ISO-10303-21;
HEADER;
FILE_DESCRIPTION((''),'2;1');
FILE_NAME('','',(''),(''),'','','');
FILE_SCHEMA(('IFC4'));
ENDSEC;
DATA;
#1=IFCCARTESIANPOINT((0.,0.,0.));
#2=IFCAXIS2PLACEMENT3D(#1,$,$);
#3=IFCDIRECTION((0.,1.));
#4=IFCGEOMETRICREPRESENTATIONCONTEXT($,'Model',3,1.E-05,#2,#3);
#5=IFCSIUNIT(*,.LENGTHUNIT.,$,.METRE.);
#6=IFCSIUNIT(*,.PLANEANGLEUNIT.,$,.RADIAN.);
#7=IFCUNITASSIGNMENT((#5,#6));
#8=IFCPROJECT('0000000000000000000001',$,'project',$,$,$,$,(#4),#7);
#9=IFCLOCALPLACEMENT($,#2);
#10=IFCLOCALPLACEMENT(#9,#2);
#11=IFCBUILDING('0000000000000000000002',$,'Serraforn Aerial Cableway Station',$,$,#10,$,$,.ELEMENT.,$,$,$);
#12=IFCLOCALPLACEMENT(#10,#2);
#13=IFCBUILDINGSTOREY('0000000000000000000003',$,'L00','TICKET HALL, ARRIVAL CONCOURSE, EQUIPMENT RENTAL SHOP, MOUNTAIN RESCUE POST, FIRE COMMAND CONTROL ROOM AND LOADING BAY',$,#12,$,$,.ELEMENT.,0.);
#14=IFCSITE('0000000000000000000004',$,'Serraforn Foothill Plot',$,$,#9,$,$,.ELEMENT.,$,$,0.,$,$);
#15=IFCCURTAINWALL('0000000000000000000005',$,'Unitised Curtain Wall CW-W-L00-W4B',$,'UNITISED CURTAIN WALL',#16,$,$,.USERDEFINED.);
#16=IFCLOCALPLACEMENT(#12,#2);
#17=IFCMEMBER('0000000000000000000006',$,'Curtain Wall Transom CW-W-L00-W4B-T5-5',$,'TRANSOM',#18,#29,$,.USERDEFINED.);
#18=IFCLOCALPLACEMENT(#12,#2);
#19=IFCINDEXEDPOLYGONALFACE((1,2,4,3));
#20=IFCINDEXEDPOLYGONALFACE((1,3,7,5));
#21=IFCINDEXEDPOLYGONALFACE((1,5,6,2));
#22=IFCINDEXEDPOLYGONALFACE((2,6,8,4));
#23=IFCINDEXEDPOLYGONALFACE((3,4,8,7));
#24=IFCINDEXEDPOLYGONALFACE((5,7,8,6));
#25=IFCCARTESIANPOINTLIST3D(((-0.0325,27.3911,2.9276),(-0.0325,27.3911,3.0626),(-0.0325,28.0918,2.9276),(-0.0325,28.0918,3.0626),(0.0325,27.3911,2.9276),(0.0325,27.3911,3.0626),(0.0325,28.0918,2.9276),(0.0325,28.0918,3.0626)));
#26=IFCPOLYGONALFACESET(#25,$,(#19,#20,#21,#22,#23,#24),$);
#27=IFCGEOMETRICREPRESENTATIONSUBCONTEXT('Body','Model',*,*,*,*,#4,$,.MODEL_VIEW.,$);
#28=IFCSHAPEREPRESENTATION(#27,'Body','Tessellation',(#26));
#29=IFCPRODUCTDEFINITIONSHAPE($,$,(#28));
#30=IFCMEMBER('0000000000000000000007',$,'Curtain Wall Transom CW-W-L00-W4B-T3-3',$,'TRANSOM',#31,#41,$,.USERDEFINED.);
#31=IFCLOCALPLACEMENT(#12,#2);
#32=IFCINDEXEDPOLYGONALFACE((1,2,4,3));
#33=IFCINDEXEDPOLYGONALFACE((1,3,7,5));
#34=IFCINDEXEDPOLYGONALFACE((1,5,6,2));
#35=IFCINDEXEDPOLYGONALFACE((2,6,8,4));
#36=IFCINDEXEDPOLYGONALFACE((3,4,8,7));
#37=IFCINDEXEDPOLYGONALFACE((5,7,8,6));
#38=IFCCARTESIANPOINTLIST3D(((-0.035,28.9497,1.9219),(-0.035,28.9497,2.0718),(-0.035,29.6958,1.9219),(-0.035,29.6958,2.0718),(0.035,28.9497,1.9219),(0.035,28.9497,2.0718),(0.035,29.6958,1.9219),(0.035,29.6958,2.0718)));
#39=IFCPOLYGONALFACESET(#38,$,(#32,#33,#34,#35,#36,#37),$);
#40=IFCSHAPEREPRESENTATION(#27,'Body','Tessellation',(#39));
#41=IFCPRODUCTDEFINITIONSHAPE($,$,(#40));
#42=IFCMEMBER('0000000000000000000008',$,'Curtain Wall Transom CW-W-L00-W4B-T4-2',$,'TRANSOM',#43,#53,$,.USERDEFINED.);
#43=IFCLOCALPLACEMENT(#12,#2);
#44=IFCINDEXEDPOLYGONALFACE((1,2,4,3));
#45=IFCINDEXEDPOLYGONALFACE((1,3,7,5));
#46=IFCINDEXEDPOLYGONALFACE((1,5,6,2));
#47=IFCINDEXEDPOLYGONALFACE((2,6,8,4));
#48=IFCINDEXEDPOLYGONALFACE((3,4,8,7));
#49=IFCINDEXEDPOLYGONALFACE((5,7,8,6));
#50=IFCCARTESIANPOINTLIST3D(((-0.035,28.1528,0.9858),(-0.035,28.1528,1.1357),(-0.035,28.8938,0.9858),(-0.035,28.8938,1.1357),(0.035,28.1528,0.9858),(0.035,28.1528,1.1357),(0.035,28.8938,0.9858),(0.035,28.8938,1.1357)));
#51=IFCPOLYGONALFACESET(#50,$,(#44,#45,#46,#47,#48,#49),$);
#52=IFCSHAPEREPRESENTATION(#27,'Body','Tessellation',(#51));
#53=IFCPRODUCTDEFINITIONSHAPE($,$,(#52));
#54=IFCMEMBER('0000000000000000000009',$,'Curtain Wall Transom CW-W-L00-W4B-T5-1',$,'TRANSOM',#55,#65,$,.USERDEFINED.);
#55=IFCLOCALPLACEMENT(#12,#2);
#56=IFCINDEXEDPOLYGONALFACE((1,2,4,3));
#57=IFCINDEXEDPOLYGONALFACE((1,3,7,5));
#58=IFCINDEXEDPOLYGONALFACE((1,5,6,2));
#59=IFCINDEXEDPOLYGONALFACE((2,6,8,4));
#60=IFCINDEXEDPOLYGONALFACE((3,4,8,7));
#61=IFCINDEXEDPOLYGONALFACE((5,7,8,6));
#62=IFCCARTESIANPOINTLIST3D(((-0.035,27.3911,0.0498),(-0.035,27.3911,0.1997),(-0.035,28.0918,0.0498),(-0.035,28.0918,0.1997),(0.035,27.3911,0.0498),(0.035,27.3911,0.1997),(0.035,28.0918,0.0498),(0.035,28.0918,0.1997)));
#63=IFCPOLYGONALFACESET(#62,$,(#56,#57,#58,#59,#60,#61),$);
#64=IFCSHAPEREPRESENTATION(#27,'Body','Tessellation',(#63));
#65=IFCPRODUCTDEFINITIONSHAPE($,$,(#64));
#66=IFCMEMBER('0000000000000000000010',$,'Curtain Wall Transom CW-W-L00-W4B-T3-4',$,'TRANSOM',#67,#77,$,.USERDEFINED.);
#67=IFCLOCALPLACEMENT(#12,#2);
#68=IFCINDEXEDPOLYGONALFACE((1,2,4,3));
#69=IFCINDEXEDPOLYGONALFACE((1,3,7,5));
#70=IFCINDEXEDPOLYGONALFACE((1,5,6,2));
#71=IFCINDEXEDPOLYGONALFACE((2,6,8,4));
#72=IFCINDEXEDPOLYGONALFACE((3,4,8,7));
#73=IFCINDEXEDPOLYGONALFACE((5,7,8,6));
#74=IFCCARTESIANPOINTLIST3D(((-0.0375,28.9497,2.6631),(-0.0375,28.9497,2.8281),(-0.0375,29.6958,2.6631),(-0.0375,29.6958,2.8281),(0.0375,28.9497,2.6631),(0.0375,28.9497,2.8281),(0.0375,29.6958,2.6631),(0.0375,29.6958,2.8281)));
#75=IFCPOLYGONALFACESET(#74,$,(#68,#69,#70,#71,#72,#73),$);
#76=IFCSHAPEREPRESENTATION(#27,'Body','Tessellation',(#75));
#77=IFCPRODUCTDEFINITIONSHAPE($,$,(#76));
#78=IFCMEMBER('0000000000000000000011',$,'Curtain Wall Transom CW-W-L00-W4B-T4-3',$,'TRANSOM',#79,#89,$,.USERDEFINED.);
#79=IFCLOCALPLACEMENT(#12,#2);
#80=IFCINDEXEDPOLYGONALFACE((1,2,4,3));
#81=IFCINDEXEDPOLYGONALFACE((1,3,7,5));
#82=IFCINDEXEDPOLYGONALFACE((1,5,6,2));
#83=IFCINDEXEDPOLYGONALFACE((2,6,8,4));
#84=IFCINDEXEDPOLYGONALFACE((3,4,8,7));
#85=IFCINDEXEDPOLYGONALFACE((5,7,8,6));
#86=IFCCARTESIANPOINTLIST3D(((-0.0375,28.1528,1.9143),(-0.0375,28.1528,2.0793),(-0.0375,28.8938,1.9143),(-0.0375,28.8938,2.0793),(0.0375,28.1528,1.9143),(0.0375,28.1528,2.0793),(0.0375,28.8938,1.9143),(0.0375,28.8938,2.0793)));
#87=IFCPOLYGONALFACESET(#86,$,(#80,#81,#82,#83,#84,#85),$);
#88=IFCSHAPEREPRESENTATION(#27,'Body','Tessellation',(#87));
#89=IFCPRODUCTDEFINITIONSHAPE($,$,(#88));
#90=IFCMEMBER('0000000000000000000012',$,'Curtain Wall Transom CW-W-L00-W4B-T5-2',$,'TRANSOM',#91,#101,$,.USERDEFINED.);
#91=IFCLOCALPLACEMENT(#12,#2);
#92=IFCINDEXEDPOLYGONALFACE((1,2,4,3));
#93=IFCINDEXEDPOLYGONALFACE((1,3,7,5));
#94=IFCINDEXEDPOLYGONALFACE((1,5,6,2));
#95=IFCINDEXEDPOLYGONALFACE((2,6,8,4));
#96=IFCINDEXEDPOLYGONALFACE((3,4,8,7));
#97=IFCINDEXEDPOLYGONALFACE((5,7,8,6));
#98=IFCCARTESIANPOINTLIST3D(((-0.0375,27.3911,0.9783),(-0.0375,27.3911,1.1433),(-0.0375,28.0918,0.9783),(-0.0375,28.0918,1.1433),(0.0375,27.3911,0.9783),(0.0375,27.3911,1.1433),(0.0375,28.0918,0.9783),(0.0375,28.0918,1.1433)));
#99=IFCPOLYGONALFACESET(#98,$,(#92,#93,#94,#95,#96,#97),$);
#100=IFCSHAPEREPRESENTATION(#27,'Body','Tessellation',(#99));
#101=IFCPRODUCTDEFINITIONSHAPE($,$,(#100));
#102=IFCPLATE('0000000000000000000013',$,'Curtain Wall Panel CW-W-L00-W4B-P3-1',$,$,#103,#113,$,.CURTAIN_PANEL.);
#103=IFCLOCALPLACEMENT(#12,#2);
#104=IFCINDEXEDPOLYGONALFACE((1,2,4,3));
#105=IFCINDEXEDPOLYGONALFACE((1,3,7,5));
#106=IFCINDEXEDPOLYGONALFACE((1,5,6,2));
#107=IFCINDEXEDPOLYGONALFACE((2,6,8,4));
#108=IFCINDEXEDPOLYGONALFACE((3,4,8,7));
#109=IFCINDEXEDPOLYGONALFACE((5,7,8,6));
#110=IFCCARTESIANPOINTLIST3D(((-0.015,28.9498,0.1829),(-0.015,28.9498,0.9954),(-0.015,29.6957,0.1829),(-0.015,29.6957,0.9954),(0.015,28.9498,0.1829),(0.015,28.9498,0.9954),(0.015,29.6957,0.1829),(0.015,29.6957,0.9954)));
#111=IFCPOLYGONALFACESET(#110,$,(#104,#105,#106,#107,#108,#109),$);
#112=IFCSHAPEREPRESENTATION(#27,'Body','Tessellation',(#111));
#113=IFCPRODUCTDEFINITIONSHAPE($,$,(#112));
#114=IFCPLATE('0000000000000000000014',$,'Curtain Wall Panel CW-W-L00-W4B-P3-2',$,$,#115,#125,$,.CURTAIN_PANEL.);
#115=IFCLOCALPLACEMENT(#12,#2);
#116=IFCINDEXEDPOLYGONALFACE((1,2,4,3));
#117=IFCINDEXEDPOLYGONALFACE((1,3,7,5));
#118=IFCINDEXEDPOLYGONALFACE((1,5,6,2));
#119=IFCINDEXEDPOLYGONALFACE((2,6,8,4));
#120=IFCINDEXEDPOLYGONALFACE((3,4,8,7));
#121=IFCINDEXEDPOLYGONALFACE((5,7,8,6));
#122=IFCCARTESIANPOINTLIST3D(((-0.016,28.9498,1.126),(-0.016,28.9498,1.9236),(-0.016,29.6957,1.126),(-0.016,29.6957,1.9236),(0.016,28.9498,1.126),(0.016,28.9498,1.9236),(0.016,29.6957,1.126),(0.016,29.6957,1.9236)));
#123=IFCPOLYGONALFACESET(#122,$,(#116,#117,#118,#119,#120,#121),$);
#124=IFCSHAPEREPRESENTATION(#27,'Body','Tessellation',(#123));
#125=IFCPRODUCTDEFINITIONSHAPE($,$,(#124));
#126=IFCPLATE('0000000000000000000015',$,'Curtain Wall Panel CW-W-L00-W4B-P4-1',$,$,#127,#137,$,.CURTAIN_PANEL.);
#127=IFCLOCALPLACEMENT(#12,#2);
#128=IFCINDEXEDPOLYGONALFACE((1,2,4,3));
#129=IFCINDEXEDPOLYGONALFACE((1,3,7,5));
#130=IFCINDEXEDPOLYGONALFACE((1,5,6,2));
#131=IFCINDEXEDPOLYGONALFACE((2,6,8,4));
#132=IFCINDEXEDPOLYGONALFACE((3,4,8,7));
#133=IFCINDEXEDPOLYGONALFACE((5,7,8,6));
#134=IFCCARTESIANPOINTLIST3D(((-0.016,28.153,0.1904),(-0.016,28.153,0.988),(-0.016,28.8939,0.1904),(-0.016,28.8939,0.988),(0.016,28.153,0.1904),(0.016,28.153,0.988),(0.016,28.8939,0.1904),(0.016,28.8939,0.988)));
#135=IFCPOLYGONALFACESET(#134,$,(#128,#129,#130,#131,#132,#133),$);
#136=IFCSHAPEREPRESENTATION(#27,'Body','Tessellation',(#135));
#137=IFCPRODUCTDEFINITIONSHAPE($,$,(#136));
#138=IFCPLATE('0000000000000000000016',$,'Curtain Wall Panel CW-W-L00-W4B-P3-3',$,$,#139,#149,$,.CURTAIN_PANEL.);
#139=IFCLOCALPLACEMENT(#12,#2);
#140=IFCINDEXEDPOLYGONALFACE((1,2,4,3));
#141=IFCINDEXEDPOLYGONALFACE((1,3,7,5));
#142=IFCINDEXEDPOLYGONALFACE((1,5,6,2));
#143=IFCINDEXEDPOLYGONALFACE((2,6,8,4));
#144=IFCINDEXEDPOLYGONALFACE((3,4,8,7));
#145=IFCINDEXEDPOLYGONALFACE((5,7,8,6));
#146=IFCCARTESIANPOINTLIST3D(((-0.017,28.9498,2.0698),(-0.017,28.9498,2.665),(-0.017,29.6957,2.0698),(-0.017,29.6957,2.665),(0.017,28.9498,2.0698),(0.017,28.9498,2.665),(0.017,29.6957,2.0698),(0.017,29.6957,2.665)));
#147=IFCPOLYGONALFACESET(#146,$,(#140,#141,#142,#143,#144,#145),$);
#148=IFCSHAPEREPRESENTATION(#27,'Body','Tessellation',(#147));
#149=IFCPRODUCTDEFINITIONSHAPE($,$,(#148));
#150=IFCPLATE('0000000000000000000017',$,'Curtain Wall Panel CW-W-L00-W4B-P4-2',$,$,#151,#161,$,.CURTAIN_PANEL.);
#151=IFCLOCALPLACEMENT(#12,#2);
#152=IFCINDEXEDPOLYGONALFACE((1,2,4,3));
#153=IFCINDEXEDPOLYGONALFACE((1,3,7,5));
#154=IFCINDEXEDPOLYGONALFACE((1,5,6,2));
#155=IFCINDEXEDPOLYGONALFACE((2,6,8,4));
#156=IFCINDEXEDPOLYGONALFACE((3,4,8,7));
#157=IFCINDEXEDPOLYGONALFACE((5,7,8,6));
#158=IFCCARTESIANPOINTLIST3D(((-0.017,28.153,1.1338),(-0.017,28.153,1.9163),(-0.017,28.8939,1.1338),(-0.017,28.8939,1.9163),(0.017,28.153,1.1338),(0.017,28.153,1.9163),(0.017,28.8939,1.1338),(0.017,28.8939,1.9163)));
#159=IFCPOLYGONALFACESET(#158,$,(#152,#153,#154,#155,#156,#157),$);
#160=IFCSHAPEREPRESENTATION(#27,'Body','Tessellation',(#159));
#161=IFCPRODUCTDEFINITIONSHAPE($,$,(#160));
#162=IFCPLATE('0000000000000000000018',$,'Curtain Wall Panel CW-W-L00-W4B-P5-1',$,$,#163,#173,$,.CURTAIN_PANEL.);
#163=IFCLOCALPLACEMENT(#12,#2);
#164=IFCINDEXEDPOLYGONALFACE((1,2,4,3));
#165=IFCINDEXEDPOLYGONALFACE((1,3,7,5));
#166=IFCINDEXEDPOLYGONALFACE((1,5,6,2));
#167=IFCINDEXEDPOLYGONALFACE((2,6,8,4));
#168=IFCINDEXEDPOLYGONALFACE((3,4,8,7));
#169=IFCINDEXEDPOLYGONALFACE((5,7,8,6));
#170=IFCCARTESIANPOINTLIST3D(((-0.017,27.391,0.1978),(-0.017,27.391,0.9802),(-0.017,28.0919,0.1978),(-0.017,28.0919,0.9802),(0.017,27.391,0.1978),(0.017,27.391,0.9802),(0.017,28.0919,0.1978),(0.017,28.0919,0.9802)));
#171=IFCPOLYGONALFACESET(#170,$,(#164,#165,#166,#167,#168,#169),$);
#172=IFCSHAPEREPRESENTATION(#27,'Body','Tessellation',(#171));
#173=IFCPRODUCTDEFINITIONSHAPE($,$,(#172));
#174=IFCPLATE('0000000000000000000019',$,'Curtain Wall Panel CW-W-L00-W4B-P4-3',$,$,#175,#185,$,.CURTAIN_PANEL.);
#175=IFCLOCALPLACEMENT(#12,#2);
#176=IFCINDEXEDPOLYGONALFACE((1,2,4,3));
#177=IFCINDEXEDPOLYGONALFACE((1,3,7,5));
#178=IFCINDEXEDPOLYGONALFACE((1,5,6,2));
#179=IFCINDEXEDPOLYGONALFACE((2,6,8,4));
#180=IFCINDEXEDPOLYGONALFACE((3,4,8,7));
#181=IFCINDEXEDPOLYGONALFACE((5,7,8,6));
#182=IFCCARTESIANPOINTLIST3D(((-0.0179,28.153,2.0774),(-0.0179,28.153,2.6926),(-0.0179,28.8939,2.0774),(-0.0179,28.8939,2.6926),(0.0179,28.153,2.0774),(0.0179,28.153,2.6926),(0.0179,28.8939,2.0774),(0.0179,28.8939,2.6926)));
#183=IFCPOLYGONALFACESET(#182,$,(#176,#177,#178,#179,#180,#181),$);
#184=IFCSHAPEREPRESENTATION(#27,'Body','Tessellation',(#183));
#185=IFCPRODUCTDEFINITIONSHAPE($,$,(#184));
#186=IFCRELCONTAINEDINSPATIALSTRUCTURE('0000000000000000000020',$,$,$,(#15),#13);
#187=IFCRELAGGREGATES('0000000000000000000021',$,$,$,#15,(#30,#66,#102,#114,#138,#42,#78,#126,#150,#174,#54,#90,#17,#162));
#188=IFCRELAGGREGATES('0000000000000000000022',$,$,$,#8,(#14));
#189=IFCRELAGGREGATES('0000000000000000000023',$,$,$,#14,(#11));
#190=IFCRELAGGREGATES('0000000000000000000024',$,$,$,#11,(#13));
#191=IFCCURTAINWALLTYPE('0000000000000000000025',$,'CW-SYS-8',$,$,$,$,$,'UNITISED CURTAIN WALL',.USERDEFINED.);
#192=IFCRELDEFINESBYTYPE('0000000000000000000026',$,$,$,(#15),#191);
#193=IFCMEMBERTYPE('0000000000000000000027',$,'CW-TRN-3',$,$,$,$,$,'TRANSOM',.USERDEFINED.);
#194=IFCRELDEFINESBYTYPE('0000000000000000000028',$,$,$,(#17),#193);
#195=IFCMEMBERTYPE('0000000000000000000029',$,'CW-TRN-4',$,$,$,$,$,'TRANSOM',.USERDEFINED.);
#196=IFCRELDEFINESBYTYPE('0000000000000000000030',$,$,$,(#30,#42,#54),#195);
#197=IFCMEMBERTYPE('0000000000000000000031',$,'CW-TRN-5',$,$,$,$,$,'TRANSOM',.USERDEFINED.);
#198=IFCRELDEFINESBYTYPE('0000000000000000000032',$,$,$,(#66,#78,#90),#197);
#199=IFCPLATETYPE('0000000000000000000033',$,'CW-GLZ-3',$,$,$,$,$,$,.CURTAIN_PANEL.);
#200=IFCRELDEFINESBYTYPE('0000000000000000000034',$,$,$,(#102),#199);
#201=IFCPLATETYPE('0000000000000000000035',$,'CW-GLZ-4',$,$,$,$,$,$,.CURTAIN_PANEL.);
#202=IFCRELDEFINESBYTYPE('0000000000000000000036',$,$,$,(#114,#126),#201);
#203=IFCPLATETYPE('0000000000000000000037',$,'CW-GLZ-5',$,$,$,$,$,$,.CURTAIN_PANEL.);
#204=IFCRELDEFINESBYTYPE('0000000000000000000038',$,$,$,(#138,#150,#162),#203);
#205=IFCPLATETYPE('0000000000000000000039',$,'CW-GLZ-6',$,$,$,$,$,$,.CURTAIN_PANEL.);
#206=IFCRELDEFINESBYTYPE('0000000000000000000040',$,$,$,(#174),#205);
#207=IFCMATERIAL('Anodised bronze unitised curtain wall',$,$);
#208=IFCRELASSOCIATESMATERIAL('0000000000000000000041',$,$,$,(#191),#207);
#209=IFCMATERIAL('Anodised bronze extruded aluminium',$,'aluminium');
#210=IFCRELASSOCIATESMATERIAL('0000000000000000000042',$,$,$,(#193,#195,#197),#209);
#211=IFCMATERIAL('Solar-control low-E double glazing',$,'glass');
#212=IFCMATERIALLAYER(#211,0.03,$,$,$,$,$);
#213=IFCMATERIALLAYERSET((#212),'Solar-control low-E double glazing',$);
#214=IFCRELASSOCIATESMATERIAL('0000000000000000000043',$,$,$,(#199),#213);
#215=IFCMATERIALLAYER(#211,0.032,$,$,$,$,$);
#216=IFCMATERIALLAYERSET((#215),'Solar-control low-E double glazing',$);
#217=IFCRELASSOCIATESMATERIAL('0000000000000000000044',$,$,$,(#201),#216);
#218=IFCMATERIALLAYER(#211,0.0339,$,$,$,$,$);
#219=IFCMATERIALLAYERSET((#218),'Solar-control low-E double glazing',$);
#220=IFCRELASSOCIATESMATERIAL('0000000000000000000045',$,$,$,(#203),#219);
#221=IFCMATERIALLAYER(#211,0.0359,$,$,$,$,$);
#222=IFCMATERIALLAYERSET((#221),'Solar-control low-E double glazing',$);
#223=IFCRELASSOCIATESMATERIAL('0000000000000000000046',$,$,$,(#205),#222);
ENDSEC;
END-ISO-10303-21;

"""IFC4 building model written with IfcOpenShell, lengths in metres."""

from ifc_helpers import new_model, si_unit, direction, frame, origin, origin_2d, place, context, subcontext, project, spatial, rectangle, extrude, material, layer, layer_set, material_profile, profile_set, type_object, element, aggregate, save


model = new_model("IFC4")

# Units and contexts
model_context = context("Model", 3, precision=1e-05, world=origin(), true_north=direction((0.0, 1.0)))
body_context = subcontext(model_context, "Body", "Model", "MODEL_VIEW")
ifc_project = project(units=[si_unit("LENGTHUNIT", "METRE"), si_unit("PLANEANGLEUNIT", "RADIAN")], contexts=[model_context])

# Site, building, storey
site_placement = place(None, origin())
site = spatial("IfcSite", under=ifc_project, at=site_placement, Name="Serraforn Foothill Plot", CompositionType="ELEMENT", RefElevation=0.0)
building_placement = place(site_placement, origin())
building = spatial("IfcBuilding", under=site, at=building_placement, Name="Serraforn Aerial Cableway Station", CompositionType="ELEMENT")
storey_placement = place(building_placement, origin())
storey = spatial("IfcBuildingStorey", under=building, at=storey_placement, Name="L00", Description="TICKET HALL, ARRIVAL CONCOURSE, EQUIPMENT RENTAL SHOP, MOUNTAIN RESCUE POST, FIRE COMMAND CONTROL ROOM AND LOADING BAY", CompositionType="ELEMENT", Elevation=0.0)

# Curtain wall, members, plates
ifc_material_1 = material(Name="Anodised bronze unitised curtain wall")
curtain_wall_type = type_object("IfcCurtainWallType", Name="CW-SYS-8", ElementType="UNITISED CURTAIN WALL", PredefinedType="USERDEFINED", material=ifc_material_1)
curtain_wall_placement = place(storey_placement, origin())
curtain_wall = element("IfcCurtainWall", 1, at=curtain_wall_placement, inside=storey, type_object=curtain_wall_type, Name="Unitised Curtain Wall CW-W-L00-W4B", ObjectType="UNITISED CURTAIN WALL", PredefinedType="USERDEFINED")
ifc_material_2 = material(Name="Anodised bronze extruded aluminium", Category="aluminium")
ifc_material_profile_1 = material_profile(ifc_material_2, rectangle(XDim=0.0649, YDim=0.135, at=origin_2d()), Name="CW TRANSOM 65x135")
ifc_profile_set_1 = profile_set([ifc_material_profile_1], Name="Anodised bronze extruded aluminium")
member_type_1 = type_object("IfcMemberType", Name="CW-TRN-3", ElementType="TRANSOM", PredefinedType="USERDEFINED", material=ifc_profile_set_1)
member_1_placement = place(storey_placement, frame((0.0, 28.0918, 2.9951), z_axis=(0.0, -1.0, 0.0), x_axis=(1.0, 0.0, 0.0)))
member_1 = element("IfcMember", 2, at=member_1_placement, type_object=member_type_1, Name="Curtain Wall Transom CW-W-L00-W4B-T5-5", ObjectType="TRANSOM", PredefinedType="USERDEFINED", context=body_context, shape_type="SweptSolid", body=[
    extrude(rectangle(XDim=0.0649, YDim=0.135, at=origin_2d()), origin(), (0.0, 0.0, 1.0), 0.7007),
])
ifc_material_profile_2 = material_profile(ifc_material_2, rectangle(XDim=0.0701, YDim=0.1499, at=origin_2d()), Name="CW TRANSOM 70x150")
ifc_profile_set_2 = profile_set([ifc_material_profile_2], Name="Anodised bronze extruded aluminium")
member_type_2 = type_object("IfcMemberType", Name="CW-TRN-4", ElementType="TRANSOM", PredefinedType="USERDEFINED", material=ifc_profile_set_2)
member_2_placement = place(storey_placement, frame((0.0, 29.6958, 1.9968), z_axis=(0.0, -1.0, 0.0), x_axis=(1.0, 0.0, 0.0)))
member_2 = element("IfcMember", 3, at=member_2_placement, type_object=member_type_2, Name="Curtain Wall Transom CW-W-L00-W4B-T3-3", ObjectType="TRANSOM", PredefinedType="USERDEFINED", context=body_context, shape_type="SweptSolid", body=[
    extrude(rectangle(XDim=0.0701, YDim=0.1499, at=origin_2d()), origin(), (0.0, 0.0, 1.0), 0.7461),
])
member_3_placement = place(storey_placement, frame((0.0, 28.8938, 1.0608), z_axis=(0.0, -1.0, 0.0), x_axis=(1.0, 0.0, 0.0)))
member_3 = element("IfcMember", 4, at=member_3_placement, type_object=member_type_2, Name="Curtain Wall Transom CW-W-L00-W4B-T4-2", ObjectType="TRANSOM", PredefinedType="USERDEFINED", context=body_context, shape_type="SweptSolid", body=[
    extrude(rectangle(XDim=0.0701, YDim=0.1499, at=origin_2d()), origin(), (0.0, 0.0, 1.0), 0.741),
])
member_4_placement = place(storey_placement, frame((0.0, 28.0918, 0.1248), z_axis=(0.0, -1.0, 0.0), x_axis=(1.0, 0.0, 0.0)))
member_4 = element("IfcMember", 5, at=member_4_placement, type_object=member_type_2, Name="Curtain Wall Transom CW-W-L00-W4B-T5-1", ObjectType="TRANSOM", PredefinedType="USERDEFINED", context=body_context, shape_type="SweptSolid", body=[
    extrude(rectangle(XDim=0.0701, YDim=0.1499, at=origin_2d()), origin(), (0.0, 0.0, 1.0), 0.7007),
])
ifc_material_profile_3 = material_profile(ifc_material_2, rectangle(XDim=0.075, YDim=0.165, at=origin_2d()), Name="CW TRANSOM 75x165")
ifc_profile_set_3 = profile_set([ifc_material_profile_3], Name="Anodised bronze extruded aluminium")
member_type_3 = type_object("IfcMemberType", Name="CW-TRN-5", ElementType="TRANSOM", PredefinedType="USERDEFINED", material=ifc_profile_set_3)
member_5_placement = place(storey_placement, frame((0.0, 29.6958, 2.7456), z_axis=(0.0, -1.0, 0.0), x_axis=(1.0, 0.0, 0.0)))
member_5 = element("IfcMember", 6, at=member_5_placement, type_object=member_type_3, Name="Curtain Wall Transom CW-W-L00-W4B-T3-4", ObjectType="TRANSOM", PredefinedType="USERDEFINED", context=body_context, shape_type="SweptSolid", body=[
    extrude(rectangle(XDim=0.075, YDim=0.165, at=origin_2d()), origin(), (0.0, 0.0, 1.0), 0.7461),
])
member_6_placement = place(storey_placement, frame((0.0, 28.8938, 1.9968), z_axis=(0.0, -1.0, 0.0), x_axis=(1.0, 0.0, 0.0)))
member_6 = element("IfcMember", 7, at=member_6_placement, type_object=member_type_3, Name="Curtain Wall Transom CW-W-L00-W4B-T4-3", ObjectType="TRANSOM", PredefinedType="USERDEFINED", context=body_context, shape_type="SweptSolid", body=[
    extrude(rectangle(XDim=0.075, YDim=0.165, at=origin_2d()), origin(), (0.0, 0.0, 1.0), 0.741),
])
member_7_placement = place(storey_placement, frame((0.0, 28.0918, 1.0608), z_axis=(0.0, -1.0, 0.0), x_axis=(1.0, 0.0, 0.0)))
member_7 = element("IfcMember", 8, at=member_7_placement, type_object=member_type_3, Name="Curtain Wall Transom CW-W-L00-W4B-T5-2", ObjectType="TRANSOM", PredefinedType="USERDEFINED", context=body_context, shape_type="SweptSolid", body=[
    extrude(rectangle(XDim=0.075, YDim=0.165, at=origin_2d()), origin(), (0.0, 0.0, 1.0), 0.7007),
])
ifc_material_3 = material(Name="Solar-control low-E double glazing", Category="glass")
ifc_layer_1 = layer(ifc_material_3, 0.03)
ifc_layer_set_1 = layer_set([ifc_layer_1], Name="Solar-control low-E double glazing")
plate_type_1 = type_object("IfcPlateType", Name="CW-GLZ-3", PredefinedType="CURTAIN_PANEL", material=ifc_layer_set_1)
plate_1_placement = place(storey_placement, frame((0.0, 29.3228, 0.1829), z_axis=(0.0, 0.0, 1.0), x_axis=(1.0, 0.0, 0.0)))
plate_1 = element("IfcPlate", 9, at=plate_1_placement, type_object=plate_type_1, Name="Curtain Wall Panel CW-W-L00-W4B-P3-1", PredefinedType="CURTAIN_PANEL", context=body_context, shape_type="SweptSolid", body=[
    extrude(rectangle(XDim=0.03, YDim=0.7458, at=origin_2d()), origin(), (0.0, 0.0, 1.0), 0.8125),
])
ifc_layer_2 = layer(ifc_material_3, 0.032)
ifc_layer_set_2 = layer_set([ifc_layer_2], Name="Solar-control low-E double glazing")
plate_type_2 = type_object("IfcPlateType", Name="CW-GLZ-4", PredefinedType="CURTAIN_PANEL", material=ifc_layer_set_2)
plate_2_placement = place(storey_placement, frame((0.0, 29.3228, 1.126), z_axis=(0.0, 0.0, 1.0), x_axis=(1.0, 0.0, 0.0)))
plate_2 = element("IfcPlate", 10, at=plate_2_placement, type_object=plate_type_2, Name="Curtain Wall Panel CW-W-L00-W4B-P3-2", PredefinedType="CURTAIN_PANEL", context=body_context, shape_type="SweptSolid", body=[
    extrude(rectangle(XDim=0.032, YDim=0.7458, at=origin_2d()), origin(), (0.0, 0.0, 1.0), 0.7976),
])
plate_3_placement = place(storey_placement, frame((0.0, 28.5234, 0.1904), z_axis=(0.0, 0.0, 1.0), x_axis=(1.0, 0.0, 0.0)))
plate_3 = element("IfcPlate", 11, at=plate_3_placement, type_object=plate_type_2, Name="Curtain Wall Panel CW-W-L00-W4B-P4-1", PredefinedType="CURTAIN_PANEL", context=body_context, shape_type="SweptSolid", body=[
    extrude(rectangle(XDim=0.032, YDim=0.741, at=origin_2d()), origin(), (0.0, 0.0, 1.0), 0.7976),
])
ifc_layer_3 = layer(ifc_material_3, 0.0339)
ifc_layer_set_3 = layer_set([ifc_layer_3], Name="Solar-control low-E double glazing")
plate_type_3 = type_object("IfcPlateType", Name="CW-GLZ-5", PredefinedType="CURTAIN_PANEL", material=ifc_layer_set_3)
plate_4_placement = place(storey_placement, frame((0.0, 29.3228, 2.0698), z_axis=(0.0, 0.0, 1.0), x_axis=(1.0, 0.0, 0.0)))
plate_4 = element("IfcPlate", 12, at=plate_4_placement, type_object=plate_type_3, Name="Curtain Wall Panel CW-W-L00-W4B-P3-3", PredefinedType="CURTAIN_PANEL", context=body_context, shape_type="SweptSolid", body=[
    extrude(rectangle(XDim=0.0339, YDim=0.7458, at=origin_2d()), origin(), (0.0, 0.0, 1.0), 0.5952),
])
plate_5_placement = place(storey_placement, frame((0.0, 28.5234, 1.1338), z_axis=(0.0, 0.0, 1.0), x_axis=(1.0, 0.0, 0.0)))
plate_5 = element("IfcPlate", 13, at=plate_5_placement, type_object=plate_type_3, Name="Curtain Wall Panel CW-W-L00-W4B-P4-2", PredefinedType="CURTAIN_PANEL", context=body_context, shape_type="SweptSolid", body=[
    extrude(rectangle(XDim=0.0339, YDim=0.741, at=origin_2d()), origin(), (0.0, 0.0, 1.0), 0.7825),
])
plate_6_placement = place(storey_placement, frame((0.0, 27.7415, 0.1978), z_axis=(0.0, 0.0, 1.0), x_axis=(1.0, 0.0, 0.0)))
plate_6 = element("IfcPlate", 14, at=plate_6_placement, type_object=plate_type_3, Name="Curtain Wall Panel CW-W-L00-W4B-P5-1", PredefinedType="CURTAIN_PANEL", context=body_context, shape_type="SweptSolid", body=[
    extrude(rectangle(XDim=0.0339, YDim=0.7009, at=origin_2d()), origin(), (0.0, 0.0, 1.0), 0.7825),
])
ifc_layer_4 = layer(ifc_material_3, 0.0359)
ifc_layer_set_4 = layer_set([ifc_layer_4], Name="Solar-control low-E double glazing")
plate_type_4 = type_object("IfcPlateType", Name="CW-GLZ-6", PredefinedType="CURTAIN_PANEL", material=ifc_layer_set_4)
plate_7_placement = place(storey_placement, frame((0.0, 28.5234, 2.0774), z_axis=(0.0, 0.0, 1.0), x_axis=(1.0, 0.0, 0.0)))
plate_7 = element("IfcPlate", 15, at=plate_7_placement, type_object=plate_type_4, Name="Curtain Wall Panel CW-W-L00-W4B-P4-3", PredefinedType="CURTAIN_PANEL", context=body_context, shape_type="SweptSolid", body=[
    extrude(rectangle(XDim=0.0359, YDim=0.741, at=origin_2d()), origin(), (0.0, 0.0, 1.0), 0.6152),
])
aggregate(curtain_wall, [member_2, member_5, plate_1, plate_2, plate_4, member_3, member_6, plate_3, plate_5, plate_7, member_4, member_7, member_1, plate_6])

save(model, "model.ifc")
